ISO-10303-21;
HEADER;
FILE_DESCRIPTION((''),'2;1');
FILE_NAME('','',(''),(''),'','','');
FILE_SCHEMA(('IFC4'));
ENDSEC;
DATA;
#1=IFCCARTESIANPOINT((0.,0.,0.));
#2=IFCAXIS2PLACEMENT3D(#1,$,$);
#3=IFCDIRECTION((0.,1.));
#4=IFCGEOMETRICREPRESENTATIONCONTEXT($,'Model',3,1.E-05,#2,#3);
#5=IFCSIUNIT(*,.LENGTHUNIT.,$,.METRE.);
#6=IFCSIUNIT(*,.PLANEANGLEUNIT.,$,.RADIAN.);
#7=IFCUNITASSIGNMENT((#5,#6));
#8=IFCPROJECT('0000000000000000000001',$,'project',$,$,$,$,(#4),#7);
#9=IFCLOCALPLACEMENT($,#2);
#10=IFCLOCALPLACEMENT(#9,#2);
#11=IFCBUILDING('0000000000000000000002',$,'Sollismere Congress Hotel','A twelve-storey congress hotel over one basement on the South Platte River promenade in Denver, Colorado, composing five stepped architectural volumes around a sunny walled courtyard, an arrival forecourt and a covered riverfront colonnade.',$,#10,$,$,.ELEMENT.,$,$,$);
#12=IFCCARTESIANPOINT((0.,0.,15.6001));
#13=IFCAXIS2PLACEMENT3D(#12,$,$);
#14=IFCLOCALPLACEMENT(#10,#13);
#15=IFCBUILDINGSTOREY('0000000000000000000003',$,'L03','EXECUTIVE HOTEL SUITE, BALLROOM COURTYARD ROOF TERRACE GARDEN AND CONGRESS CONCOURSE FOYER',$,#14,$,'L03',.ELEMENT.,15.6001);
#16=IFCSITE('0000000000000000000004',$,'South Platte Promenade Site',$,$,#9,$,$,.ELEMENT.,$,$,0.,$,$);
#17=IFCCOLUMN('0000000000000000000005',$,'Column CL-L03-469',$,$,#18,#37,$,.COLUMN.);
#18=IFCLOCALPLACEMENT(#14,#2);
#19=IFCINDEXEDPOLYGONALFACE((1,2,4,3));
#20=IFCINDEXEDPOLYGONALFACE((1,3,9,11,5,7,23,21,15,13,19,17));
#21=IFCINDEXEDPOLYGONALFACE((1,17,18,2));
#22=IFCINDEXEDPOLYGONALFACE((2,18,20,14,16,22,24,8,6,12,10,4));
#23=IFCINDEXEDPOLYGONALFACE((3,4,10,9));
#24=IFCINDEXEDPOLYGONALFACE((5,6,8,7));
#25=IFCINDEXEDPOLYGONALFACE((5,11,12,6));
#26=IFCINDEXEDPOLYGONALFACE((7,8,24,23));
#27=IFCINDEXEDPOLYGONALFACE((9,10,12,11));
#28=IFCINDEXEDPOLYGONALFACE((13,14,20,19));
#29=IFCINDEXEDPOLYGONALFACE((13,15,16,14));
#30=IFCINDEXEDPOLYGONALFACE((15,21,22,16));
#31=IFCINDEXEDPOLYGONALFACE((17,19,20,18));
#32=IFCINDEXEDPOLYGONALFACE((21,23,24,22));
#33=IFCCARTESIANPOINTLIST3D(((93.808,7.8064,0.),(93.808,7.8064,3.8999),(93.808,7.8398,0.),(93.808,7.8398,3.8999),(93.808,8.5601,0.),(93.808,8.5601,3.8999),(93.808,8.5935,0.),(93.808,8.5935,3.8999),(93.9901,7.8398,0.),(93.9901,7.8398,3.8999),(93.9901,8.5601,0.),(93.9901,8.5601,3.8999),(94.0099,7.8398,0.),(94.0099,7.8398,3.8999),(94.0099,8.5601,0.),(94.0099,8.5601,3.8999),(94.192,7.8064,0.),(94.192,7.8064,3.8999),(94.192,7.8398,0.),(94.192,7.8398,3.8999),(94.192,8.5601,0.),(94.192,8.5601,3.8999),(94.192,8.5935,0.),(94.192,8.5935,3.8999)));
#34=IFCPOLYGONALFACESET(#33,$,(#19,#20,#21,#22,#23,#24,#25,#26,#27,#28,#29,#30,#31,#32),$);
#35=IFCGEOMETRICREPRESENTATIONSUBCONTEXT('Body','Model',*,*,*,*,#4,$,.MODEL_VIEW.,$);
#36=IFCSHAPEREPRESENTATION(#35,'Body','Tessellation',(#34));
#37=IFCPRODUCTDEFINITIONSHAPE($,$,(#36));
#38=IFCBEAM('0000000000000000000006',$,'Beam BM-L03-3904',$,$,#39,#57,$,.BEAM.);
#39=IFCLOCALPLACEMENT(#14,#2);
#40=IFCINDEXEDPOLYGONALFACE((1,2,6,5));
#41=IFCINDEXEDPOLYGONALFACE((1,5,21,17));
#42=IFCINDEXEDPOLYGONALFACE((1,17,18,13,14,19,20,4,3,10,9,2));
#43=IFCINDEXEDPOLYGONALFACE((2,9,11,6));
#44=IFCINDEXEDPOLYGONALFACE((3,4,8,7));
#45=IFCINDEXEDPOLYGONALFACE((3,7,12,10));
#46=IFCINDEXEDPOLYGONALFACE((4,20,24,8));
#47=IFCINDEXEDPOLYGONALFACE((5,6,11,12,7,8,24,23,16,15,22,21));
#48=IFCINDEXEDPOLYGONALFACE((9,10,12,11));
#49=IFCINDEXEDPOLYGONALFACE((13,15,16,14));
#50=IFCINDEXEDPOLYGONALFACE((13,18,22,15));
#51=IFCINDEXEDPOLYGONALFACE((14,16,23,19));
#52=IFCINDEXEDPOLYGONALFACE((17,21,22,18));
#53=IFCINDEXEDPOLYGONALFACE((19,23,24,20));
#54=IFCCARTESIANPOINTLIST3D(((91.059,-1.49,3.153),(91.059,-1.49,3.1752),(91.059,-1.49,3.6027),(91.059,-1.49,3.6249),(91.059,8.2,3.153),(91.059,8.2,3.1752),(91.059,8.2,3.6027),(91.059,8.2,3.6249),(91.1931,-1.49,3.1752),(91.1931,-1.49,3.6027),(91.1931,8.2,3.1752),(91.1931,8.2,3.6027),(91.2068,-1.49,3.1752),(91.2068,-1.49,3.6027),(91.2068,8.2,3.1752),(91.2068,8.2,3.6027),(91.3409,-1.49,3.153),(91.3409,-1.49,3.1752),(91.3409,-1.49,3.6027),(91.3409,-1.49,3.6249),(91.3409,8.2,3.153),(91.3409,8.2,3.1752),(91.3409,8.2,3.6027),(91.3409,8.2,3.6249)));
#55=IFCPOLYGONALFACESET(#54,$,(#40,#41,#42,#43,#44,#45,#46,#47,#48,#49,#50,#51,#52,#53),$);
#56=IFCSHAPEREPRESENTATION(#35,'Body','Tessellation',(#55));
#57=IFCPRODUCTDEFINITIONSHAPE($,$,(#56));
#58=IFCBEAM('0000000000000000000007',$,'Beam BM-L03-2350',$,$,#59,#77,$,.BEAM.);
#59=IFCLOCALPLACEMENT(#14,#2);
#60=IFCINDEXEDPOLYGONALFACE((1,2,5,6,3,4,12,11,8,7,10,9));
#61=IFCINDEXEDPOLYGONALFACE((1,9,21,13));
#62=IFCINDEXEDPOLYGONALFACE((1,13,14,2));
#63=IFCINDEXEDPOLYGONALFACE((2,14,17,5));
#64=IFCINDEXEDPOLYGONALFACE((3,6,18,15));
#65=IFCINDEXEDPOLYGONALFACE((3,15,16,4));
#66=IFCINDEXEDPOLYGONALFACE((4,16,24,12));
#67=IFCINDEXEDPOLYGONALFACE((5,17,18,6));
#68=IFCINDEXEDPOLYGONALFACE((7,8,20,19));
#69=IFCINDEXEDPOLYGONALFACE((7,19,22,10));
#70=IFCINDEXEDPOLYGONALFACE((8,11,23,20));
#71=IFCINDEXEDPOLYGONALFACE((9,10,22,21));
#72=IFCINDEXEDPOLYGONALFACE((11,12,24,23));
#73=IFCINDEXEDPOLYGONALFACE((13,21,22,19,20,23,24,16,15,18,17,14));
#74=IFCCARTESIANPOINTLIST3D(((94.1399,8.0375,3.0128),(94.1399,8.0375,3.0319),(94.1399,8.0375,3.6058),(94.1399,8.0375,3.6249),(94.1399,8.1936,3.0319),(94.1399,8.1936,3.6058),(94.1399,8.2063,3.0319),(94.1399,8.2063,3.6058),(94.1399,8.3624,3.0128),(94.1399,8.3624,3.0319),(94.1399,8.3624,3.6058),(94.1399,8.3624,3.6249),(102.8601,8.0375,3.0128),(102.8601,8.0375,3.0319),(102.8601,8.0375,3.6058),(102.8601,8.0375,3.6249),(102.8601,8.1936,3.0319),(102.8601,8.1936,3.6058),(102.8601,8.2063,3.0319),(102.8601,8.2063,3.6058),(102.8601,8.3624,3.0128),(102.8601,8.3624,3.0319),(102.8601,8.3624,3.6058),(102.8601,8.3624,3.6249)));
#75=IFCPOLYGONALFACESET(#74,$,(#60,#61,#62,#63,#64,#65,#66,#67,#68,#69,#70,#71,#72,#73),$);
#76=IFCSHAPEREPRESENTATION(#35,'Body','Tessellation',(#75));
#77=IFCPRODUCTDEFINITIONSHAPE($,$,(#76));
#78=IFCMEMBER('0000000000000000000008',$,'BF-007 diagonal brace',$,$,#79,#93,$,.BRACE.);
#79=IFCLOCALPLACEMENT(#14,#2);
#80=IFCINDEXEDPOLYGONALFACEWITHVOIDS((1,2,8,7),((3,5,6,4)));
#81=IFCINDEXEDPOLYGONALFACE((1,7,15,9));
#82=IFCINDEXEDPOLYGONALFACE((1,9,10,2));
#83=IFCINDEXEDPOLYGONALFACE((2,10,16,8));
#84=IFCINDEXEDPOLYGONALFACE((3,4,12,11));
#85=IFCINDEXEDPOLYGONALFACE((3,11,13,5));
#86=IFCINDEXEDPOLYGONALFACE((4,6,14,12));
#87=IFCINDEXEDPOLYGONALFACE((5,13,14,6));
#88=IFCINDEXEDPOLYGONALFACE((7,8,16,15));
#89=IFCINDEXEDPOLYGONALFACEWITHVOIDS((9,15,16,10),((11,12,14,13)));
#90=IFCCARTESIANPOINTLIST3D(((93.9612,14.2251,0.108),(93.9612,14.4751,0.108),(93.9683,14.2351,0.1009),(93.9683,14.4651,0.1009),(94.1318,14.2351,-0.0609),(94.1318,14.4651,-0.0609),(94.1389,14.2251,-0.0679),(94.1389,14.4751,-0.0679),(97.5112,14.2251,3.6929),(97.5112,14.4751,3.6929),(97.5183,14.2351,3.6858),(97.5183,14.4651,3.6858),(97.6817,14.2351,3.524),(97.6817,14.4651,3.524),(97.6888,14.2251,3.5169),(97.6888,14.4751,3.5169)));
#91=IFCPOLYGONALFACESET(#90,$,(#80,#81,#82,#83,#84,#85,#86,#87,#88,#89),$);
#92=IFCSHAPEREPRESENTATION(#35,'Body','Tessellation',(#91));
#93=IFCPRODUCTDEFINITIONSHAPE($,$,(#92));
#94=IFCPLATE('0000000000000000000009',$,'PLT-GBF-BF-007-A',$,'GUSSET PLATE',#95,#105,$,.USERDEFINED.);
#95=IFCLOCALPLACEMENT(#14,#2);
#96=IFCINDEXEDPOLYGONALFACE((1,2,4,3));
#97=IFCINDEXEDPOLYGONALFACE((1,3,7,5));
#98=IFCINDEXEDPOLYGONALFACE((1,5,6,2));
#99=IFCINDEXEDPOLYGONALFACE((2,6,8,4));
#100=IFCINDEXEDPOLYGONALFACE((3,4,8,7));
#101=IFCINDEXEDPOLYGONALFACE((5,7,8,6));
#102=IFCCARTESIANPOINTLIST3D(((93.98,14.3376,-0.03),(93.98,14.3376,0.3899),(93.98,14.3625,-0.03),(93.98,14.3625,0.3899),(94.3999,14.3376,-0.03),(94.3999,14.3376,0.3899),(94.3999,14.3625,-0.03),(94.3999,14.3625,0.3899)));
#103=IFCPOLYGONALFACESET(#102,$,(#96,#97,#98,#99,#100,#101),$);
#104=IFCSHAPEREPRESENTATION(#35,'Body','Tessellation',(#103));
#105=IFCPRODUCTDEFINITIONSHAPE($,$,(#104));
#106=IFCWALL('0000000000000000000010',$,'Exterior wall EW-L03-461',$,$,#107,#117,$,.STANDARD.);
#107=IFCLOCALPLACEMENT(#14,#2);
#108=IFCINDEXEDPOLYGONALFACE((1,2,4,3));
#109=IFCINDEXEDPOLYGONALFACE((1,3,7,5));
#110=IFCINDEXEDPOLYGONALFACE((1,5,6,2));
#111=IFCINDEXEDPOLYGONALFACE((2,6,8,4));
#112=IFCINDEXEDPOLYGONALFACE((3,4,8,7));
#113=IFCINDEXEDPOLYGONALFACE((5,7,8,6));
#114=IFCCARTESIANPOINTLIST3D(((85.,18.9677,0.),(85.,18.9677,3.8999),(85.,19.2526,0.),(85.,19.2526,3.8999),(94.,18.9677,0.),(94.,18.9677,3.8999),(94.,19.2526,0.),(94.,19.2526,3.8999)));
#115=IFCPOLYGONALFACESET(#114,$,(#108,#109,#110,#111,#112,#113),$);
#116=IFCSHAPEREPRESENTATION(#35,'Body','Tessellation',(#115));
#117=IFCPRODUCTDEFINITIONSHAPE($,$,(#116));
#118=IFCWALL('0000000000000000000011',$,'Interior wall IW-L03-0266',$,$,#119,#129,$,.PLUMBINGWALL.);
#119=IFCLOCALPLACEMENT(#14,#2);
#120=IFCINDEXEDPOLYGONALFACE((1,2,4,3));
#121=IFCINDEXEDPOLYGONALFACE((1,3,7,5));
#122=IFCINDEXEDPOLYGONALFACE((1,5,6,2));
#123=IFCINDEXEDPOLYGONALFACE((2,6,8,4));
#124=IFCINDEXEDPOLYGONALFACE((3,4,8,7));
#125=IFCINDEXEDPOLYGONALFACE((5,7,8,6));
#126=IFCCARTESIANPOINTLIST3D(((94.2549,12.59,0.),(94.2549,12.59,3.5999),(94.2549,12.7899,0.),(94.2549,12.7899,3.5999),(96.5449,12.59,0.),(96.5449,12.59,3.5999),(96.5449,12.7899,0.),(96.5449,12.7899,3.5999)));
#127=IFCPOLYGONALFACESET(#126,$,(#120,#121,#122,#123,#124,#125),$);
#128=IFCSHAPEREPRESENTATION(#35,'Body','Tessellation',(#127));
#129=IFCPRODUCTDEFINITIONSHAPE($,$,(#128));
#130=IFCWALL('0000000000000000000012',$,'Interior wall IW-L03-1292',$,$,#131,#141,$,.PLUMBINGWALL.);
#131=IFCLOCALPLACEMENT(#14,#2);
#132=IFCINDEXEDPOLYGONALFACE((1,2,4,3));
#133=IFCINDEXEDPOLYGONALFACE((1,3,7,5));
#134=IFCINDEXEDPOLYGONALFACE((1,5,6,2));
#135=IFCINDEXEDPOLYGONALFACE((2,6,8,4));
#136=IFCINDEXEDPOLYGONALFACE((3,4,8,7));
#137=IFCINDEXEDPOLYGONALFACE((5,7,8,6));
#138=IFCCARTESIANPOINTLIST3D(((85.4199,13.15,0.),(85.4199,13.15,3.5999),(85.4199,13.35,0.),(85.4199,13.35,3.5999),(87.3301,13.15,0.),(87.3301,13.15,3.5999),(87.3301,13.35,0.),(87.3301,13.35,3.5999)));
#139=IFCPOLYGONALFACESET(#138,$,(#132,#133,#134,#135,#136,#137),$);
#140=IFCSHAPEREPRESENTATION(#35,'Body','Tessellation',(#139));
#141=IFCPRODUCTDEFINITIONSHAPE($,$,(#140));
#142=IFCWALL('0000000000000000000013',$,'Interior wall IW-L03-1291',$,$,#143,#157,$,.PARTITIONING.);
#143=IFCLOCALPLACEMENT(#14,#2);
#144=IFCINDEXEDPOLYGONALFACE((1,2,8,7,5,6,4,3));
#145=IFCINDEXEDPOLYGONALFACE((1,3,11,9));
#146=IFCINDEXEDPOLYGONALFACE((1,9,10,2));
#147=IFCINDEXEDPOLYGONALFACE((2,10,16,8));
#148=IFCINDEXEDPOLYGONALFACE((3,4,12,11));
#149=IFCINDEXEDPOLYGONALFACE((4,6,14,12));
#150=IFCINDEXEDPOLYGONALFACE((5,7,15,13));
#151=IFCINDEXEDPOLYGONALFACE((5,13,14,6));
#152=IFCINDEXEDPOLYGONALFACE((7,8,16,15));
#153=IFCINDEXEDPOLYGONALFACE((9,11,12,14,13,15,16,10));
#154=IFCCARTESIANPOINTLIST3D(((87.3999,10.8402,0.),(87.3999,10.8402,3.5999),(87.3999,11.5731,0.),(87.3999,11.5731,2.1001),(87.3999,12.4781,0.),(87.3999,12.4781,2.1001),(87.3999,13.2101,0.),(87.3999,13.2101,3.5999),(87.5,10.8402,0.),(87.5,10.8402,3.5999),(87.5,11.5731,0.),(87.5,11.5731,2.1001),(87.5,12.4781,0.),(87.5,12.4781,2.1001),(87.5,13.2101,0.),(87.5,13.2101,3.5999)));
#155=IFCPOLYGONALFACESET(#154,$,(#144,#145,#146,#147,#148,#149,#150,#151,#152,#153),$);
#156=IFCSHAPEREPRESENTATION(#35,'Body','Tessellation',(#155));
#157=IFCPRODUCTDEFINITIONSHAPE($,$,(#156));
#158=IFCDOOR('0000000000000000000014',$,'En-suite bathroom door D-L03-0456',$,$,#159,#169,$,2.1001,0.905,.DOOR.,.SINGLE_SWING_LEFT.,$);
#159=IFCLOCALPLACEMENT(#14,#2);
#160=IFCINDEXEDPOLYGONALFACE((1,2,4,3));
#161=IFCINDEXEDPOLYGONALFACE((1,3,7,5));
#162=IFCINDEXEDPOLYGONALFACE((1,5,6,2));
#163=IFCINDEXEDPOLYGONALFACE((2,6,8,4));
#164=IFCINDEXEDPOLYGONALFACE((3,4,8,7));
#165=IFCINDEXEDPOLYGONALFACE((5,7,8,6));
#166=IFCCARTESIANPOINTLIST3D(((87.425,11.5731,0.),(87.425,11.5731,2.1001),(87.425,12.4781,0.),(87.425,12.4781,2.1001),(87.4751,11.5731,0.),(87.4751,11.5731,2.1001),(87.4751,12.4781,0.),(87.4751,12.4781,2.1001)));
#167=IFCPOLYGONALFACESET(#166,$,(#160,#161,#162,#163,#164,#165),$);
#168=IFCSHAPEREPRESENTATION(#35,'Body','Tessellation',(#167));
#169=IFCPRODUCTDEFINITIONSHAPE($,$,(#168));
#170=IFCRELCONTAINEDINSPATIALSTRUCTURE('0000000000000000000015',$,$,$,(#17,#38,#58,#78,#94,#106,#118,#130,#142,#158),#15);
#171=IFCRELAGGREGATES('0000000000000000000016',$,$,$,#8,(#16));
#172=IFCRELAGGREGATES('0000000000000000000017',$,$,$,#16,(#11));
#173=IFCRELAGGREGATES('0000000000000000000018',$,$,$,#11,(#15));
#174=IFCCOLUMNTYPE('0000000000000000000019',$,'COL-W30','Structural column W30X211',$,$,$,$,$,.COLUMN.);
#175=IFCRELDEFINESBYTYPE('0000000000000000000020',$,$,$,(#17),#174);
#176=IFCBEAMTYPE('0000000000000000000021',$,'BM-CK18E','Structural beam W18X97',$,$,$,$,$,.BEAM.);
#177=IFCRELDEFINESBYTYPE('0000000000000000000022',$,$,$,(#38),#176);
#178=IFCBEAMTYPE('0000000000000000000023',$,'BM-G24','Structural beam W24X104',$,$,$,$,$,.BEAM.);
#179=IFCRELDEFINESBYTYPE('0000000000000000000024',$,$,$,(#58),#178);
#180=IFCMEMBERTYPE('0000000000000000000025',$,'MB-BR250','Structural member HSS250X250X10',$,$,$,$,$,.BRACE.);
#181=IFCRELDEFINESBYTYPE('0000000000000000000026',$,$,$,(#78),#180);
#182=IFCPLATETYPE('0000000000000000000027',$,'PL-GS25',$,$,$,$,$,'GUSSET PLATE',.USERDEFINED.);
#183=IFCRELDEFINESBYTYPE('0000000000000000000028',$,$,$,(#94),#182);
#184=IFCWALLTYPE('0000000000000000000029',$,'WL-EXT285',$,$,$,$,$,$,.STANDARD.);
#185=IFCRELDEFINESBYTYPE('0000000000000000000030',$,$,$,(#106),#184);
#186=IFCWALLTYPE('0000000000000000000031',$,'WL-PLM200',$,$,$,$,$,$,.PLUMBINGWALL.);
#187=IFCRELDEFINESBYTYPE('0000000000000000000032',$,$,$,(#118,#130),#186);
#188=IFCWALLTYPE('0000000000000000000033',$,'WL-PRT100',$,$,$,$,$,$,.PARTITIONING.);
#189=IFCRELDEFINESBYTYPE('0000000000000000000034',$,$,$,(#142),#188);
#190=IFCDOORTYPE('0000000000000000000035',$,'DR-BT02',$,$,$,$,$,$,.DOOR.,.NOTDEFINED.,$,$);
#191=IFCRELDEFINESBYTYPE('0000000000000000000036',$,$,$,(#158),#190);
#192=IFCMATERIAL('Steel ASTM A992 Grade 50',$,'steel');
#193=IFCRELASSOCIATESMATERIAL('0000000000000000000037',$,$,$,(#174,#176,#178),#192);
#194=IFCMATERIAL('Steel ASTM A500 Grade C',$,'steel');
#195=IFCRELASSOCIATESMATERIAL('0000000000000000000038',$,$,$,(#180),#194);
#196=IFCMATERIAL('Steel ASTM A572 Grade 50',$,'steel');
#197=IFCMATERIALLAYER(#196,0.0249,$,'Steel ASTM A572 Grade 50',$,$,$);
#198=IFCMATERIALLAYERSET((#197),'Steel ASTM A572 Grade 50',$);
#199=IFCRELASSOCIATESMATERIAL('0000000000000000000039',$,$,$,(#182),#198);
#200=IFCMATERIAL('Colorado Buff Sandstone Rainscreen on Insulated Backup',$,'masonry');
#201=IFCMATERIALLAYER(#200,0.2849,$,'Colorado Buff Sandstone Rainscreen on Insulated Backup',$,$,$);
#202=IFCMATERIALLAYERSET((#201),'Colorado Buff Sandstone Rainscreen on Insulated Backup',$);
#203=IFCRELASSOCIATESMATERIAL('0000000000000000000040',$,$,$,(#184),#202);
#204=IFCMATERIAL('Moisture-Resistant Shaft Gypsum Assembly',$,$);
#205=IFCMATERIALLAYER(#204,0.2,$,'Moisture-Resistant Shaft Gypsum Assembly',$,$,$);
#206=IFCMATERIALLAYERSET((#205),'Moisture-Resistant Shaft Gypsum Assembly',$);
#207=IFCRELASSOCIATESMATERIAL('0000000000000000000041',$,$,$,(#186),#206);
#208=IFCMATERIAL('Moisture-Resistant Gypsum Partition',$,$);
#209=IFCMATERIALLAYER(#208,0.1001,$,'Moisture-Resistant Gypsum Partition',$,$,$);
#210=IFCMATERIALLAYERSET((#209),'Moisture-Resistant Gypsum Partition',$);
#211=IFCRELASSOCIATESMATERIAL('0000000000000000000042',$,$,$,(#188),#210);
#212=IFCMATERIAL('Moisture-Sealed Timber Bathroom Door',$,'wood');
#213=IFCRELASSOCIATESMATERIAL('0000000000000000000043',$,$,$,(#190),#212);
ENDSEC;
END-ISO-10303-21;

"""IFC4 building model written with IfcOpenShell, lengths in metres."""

from ifc_helpers import new_model, si_unit, direction, frame, frame_2d, origin, origin_2d, place, context, subcontext, project, spatial, rectangle, hollow_rectangle, i_section, extrude, material, layer, layer_set, material_profile, profile_set, type_object, element, fill, save


model = new_model("IFC4")

# Units and contexts
model_context = context("Model", 3, precision=1e-05, world=origin(), true_north=direction((0.0, 1.0)))
body_context = subcontext(model_context, "Body", "Model", "MODEL_VIEW")
ifc_project = project(units=[si_unit("LENGTHUNIT", "METRE"), si_unit("PLANEANGLEUNIT", "RADIAN")], contexts=[model_context])

# Site, building, storey
site_placement = place(None, origin())
site = spatial("IfcSite", under=ifc_project, at=site_placement, Name="South Platte Promenade Site", CompositionType="ELEMENT", RefElevation=0.0)
building_placement = place(site_placement, origin())
building = spatial("IfcBuilding", under=site, at=building_placement, Name="Sollismere Congress Hotel", Description="A twelve-storey congress hotel over one basement on the South Platte River promenade in Denver, Colorado, composing five stepped architectural volumes around a sunny walled courtyard, an arrival forecourt and a covered riverfront colonnade.", CompositionType="ELEMENT")
storey_placement = place(building_placement, frame((0.0, 0.0, 15.6001)))
storey = spatial("IfcBuildingStorey", under=building, at=storey_placement, Name="L03", Description="EXECUTIVE HOTEL SUITE, BALLROOM COURTYARD ROOF TERRACE GARDEN AND CONGRESS CONCOURSE FOYER", LongName="L03", CompositionType="ELEMENT", Elevation=15.6001)

# Column
ifc_material_1 = material(Name="Steel ASTM A992 Grade 50", Category="steel")
ifc_material_profile_1 = material_profile(ifc_material_1, i_section(OverallWidth=0.384, OverallDepth=0.7871, WebThickness=0.0198, FlangeThickness=0.0334, at=origin_2d()), Name="W30X211")
ifc_profile_set_1 = profile_set([ifc_material_profile_1], Name="Steel ASTM A992 Grade 50")
column_type = type_object("IfcColumnType", Name="COL-W30", Description="Structural column W30X211", PredefinedType="COLUMN", material=ifc_profile_set_1)
column_placement = place(storey_placement, frame((94.0, 8.2, 0.0), z_axis=(0.0, 0.0, 1.0), x_axis=(1.0, 0.0, 0.0)))
element("IfcColumn", 1, at=column_placement, inside=storey, type_object=column_type, Name="Column CL-L03-469", PredefinedType="COLUMN", context=body_context, shape_type="SweptSolid", body=[
    extrude(i_section(OverallWidth=0.384, OverallDepth=0.7871, WebThickness=0.0198, FlangeThickness=0.0334, at=origin_2d()), origin(), (0.0, 0.0, 1.0), 3.8999),
])

# Beams
ifc_material_profile_2 = material_profile(ifc_material_1, i_section(OverallWidth=0.282, OverallDepth=0.4719, WebThickness=0.0137, FlangeThickness=0.0222, at=origin_2d()), Name="W18X97")
ifc_profile_set_2 = profile_set([ifc_material_profile_2], Name="Steel ASTM A992 Grade 50")
beam_type_1 = type_object("IfcBeamType", Name="BM-CK18E", Description="Structural beam W18X97", PredefinedType="BEAM", material=ifc_profile_set_2)
beam_1_placement = place(storey_placement, frame((91.2, 8.2, 3.3889), z_axis=(0.0, -1.0, 0.0), x_axis=(1.0, 0.0, 0.0)))
element("IfcBeam", 2, at=beam_1_placement, inside=storey, type_object=beam_type_1, Name="Beam BM-L03-3904", PredefinedType="BEAM", context=body_context, shape_type="SweptSolid", body=[
    extrude(i_section(OverallWidth=0.282, OverallDepth=0.4719, WebThickness=0.0137, FlangeThickness=0.0222, at=origin_2d()), origin(), (0.0, 0.0, 1.0), 9.6899),
])
ifc_material_profile_3 = material_profile(ifc_material_1, i_section(OverallWidth=0.325, OverallDepth=0.6121, WebThickness=0.0127, FlangeThickness=0.019, at=origin_2d()), Name="W24X104")
ifc_profile_set_3 = profile_set([ifc_material_profile_3], Name="Steel ASTM A992 Grade 50")
beam_type_2 = type_object("IfcBeamType", Name="BM-G24", Description="Structural beam W24X104", PredefinedType="BEAM", material=ifc_profile_set_3)
beam_2_placement = place(storey_placement, frame((94.1399, 8.2, 3.3188), z_axis=(1.0, 0.0, 0.0), x_axis=(0.0, 1.0, 0.0)))
element("IfcBeam", 3, at=beam_2_placement, inside=storey, type_object=beam_type_2, Name="Beam BM-L03-2350", PredefinedType="BEAM", context=body_context, shape_type="SweptSolid", body=[
    extrude(i_section(OverallWidth=0.325, OverallDepth=0.6121, WebThickness=0.0127, FlangeThickness=0.019, at=origin_2d()), origin(), (0.0, 0.0, 1.0), 8.7202),
])

# Member
ifc_material_2 = material(Name="Steel ASTM A500 Grade C", Category="steel")
ifc_material_profile_4 = material_profile(ifc_material_2, hollow_rectangle(XDim=0.25, YDim=0.25, WallThickness=0.01, at=origin_2d()), Name="HSS250X250X10")
ifc_profile_set_4 = profile_set([ifc_material_profile_4], Name="Steel ASTM A500 Grade C")
member_type = type_object("IfcMemberType", Name="MB-BR250", Description="Structural member HSS250X250X10", PredefinedType="BRACE", material=ifc_profile_set_4)
member_placement = place(storey_placement, frame((94.05, 14.3501, 0.02), z_axis=(0.703638, 0.0, 0.710558), x_axis=(0.0, 1.0, 0.0)))
element("IfcMember", 4, at=member_placement, inside=storey, type_object=member_type, Name="BF-007 diagonal brace", PredefinedType="BRACE", context=body_context, shape_type="SweptSolid", body=[
    extrude(hollow_rectangle(XDim=0.25, YDim=0.25, WallThickness=0.01, at=origin_2d()), origin(), (0.0, 0.0, 1.0), 5.0452),
])

# Plate
ifc_material_3 = material(Name="Steel ASTM A572 Grade 50", Category="steel")
ifc_layer_1 = layer(ifc_material_3, 0.0249, Name="Steel ASTM A572 Grade 50")
ifc_layer_set_1 = layer_set([ifc_layer_1], Name="Steel ASTM A572 Grade 50")
plate_type = type_object("IfcPlateType", Name="PL-GS25", ElementType="GUSSET PLATE", PredefinedType="USERDEFINED", material=ifc_layer_set_1)
plate_placement = place(storey_placement, frame((94.1899, 14.3501, -0.03), z_axis=(0.0, 0.0, 1.0), x_axis=(1.0, 0.0, 0.0)))
element("IfcPlate", 5, at=plate_placement, inside=storey, type_object=plate_type, Name="PLT-GBF-BF-007-A", ObjectType="GUSSET PLATE", PredefinedType="USERDEFINED", context=body_context, shape_type="SweptSolid", body=[
    extrude(rectangle(XDim=0.4199, YDim=0.0249, at=origin_2d()), origin(), (0.0, 0.0, 1.0), 0.4199),
])

# Walls
ifc_material_4 = material(Name="Colorado Buff Sandstone Rainscreen on Insulated Backup", Category="masonry")
ifc_layer_2 = layer(ifc_material_4, 0.2849, Name="Colorado Buff Sandstone Rainscreen on Insulated Backup")
ifc_layer_set_2 = layer_set([ifc_layer_2], Name="Colorado Buff Sandstone Rainscreen on Insulated Backup")
wall_type_1 = type_object("IfcWallType", Name="WL-EXT285", PredefinedType="STANDARD", material=ifc_layer_set_2)
wall_1_placement = place(storey_placement, frame((94.0, 19.1101, 0.0), z_axis=(0.0, 0.0, 1.0), x_axis=(-1.0, 0.0, 0.0)))
element("IfcWall", 6, at=wall_1_placement, inside=storey, type_object=wall_type_1, Name="Exterior wall EW-L03-461", PredefinedType="STANDARD", context=body_context, shape_type="SweptSolid", body=[
    extrude(rectangle(XDim=9.0, YDim=0.2849, at=frame_2d((4.5, 0.0))), origin(), (0.0, 0.0, 1.0), 3.8999),
])
ifc_material_5 = material(Name="Moisture-Resistant Shaft Gypsum Assembly")
ifc_layer_3 = layer(ifc_material_5, 0.2, Name="Moisture-Resistant Shaft Gypsum Assembly")
ifc_layer_set_3 = layer_set([ifc_layer_3], Name="Moisture-Resistant Shaft Gypsum Assembly")
wall_type_2 = type_object("IfcWallType", Name="WL-PLM200", PredefinedType="PLUMBINGWALL", material=ifc_layer_set_3)
wall_2_placement = place(storey_placement, frame((94.2549, 12.6899, 0.0), z_axis=(0.0, 0.0, 1.0), x_axis=(1.0, 0.0, 0.0)))
element("IfcWall", 7, at=wall_2_placement, inside=storey, type_object=wall_type_2, Name="Interior wall IW-L03-0266", PredefinedType="PLUMBINGWALL", context=body_context, shape_type="SweptSolid", body=[
    extrude(rectangle(XDim=2.29, YDim=0.2, at=frame_2d((1.145, 0.0))), origin(), (0.0, 0.0, 1.0), 3.5999),
])
wall_3_placement = place(storey_placement, frame((85.4199, 13.25, 0.0), z_axis=(0.0, 0.0, 1.0), x_axis=(1.0, 0.0, 0.0)))
element("IfcWall", 8, at=wall_3_placement, inside=storey, type_object=wall_type_2, Name="Interior wall IW-L03-1292", PredefinedType="PLUMBINGWALL", context=body_context, shape_type="SweptSolid", body=[
    extrude(rectangle(XDim=1.9102, YDim=0.2, at=frame_2d((0.9551, 0.0))), origin(), (0.0, 0.0, 1.0), 3.5999),
])

# Wall, opening, door
ifc_material_6 = material(Name="Moisture-Resistant Gypsum Partition")
ifc_layer_4 = layer(ifc_material_6, 0.1001, Name="Moisture-Resistant Gypsum Partition")
ifc_layer_set_4 = layer_set([ifc_layer_4], Name="Moisture-Resistant Gypsum Partition")
wall_type_3 = type_object("IfcWallType", Name="WL-PRT100", PredefinedType="PARTITIONING", material=ifc_layer_set_4)
wall_4_placement = place(storey_placement, frame((87.45, 10.8401, 0.0), z_axis=(0.0, 0.0, 1.0), x_axis=(0.0, 1.0, 0.0)))
wall_4 = element("IfcWall", 9, at=wall_4_placement, inside=storey, type_object=wall_type_3, Name="Interior wall IW-L03-1291", PredefinedType="PARTITIONING", context=body_context, shape_type="SweptSolid", body=[
    extrude(rectangle(XDim=2.3699, YDim=0.1001, at=frame_2d((1.1851, 0.0))), origin(), (0.0, 0.0, 1.0), 3.5999),
])
opening_1_placement = place(wall_4_placement, frame((0.7329, 0.0, 0.0)))
opening_1 = element("IfcOpeningElement", 10, at=opening_1_placement, cuts=wall_4, PredefinedType="OPENING", context=body_context, shape_type="SweptSolid", body=[
    extrude(rectangle(XDim=0.905, YDim=2.1001, at=frame_2d((0.4526, 1.05))), frame((0.0, 0.0601, 0.0), z_axis=(0.0, -1.0, 0.0), x_axis=(1.0, 0.0, 0.0)), (0.0, 0.0, 1.0), 0.1201),
])
ifc_material_7 = material(Name="Moisture-Sealed Timber Bathroom Door", Category="wood")
door_type_1 = type_object("IfcDoorType", Name="DR-BT02", OperationType="NOTDEFINED", PredefinedType="DOOR", material=ifc_material_7)
door_1_placement = place(opening_1_placement, origin())
door_1 = element("IfcDoor", 11, at=door_1_placement, inside=storey, type_object=door_type_1, Name="En-suite bathroom door D-L03-0456", OperationType="SINGLE_SWING_LEFT", OverallHeight=2.1001, OverallWidth=0.905, PredefinedType="DOOR", context=body_context, shape_type="SweptSolid", body=[
    extrude(rectangle(XDim=0.905, YDim=2.1001, at=frame_2d((0.4526, 1.05))), frame((0.0, 0.0249, 0.0), z_axis=(0.0, -1.0, 0.0), x_axis=(1.0, 0.0, 0.0)), (0.0, 0.0, 1.0), 0.05),
])
fill(opening_1, door_1)

save(model, "model.ifc")
